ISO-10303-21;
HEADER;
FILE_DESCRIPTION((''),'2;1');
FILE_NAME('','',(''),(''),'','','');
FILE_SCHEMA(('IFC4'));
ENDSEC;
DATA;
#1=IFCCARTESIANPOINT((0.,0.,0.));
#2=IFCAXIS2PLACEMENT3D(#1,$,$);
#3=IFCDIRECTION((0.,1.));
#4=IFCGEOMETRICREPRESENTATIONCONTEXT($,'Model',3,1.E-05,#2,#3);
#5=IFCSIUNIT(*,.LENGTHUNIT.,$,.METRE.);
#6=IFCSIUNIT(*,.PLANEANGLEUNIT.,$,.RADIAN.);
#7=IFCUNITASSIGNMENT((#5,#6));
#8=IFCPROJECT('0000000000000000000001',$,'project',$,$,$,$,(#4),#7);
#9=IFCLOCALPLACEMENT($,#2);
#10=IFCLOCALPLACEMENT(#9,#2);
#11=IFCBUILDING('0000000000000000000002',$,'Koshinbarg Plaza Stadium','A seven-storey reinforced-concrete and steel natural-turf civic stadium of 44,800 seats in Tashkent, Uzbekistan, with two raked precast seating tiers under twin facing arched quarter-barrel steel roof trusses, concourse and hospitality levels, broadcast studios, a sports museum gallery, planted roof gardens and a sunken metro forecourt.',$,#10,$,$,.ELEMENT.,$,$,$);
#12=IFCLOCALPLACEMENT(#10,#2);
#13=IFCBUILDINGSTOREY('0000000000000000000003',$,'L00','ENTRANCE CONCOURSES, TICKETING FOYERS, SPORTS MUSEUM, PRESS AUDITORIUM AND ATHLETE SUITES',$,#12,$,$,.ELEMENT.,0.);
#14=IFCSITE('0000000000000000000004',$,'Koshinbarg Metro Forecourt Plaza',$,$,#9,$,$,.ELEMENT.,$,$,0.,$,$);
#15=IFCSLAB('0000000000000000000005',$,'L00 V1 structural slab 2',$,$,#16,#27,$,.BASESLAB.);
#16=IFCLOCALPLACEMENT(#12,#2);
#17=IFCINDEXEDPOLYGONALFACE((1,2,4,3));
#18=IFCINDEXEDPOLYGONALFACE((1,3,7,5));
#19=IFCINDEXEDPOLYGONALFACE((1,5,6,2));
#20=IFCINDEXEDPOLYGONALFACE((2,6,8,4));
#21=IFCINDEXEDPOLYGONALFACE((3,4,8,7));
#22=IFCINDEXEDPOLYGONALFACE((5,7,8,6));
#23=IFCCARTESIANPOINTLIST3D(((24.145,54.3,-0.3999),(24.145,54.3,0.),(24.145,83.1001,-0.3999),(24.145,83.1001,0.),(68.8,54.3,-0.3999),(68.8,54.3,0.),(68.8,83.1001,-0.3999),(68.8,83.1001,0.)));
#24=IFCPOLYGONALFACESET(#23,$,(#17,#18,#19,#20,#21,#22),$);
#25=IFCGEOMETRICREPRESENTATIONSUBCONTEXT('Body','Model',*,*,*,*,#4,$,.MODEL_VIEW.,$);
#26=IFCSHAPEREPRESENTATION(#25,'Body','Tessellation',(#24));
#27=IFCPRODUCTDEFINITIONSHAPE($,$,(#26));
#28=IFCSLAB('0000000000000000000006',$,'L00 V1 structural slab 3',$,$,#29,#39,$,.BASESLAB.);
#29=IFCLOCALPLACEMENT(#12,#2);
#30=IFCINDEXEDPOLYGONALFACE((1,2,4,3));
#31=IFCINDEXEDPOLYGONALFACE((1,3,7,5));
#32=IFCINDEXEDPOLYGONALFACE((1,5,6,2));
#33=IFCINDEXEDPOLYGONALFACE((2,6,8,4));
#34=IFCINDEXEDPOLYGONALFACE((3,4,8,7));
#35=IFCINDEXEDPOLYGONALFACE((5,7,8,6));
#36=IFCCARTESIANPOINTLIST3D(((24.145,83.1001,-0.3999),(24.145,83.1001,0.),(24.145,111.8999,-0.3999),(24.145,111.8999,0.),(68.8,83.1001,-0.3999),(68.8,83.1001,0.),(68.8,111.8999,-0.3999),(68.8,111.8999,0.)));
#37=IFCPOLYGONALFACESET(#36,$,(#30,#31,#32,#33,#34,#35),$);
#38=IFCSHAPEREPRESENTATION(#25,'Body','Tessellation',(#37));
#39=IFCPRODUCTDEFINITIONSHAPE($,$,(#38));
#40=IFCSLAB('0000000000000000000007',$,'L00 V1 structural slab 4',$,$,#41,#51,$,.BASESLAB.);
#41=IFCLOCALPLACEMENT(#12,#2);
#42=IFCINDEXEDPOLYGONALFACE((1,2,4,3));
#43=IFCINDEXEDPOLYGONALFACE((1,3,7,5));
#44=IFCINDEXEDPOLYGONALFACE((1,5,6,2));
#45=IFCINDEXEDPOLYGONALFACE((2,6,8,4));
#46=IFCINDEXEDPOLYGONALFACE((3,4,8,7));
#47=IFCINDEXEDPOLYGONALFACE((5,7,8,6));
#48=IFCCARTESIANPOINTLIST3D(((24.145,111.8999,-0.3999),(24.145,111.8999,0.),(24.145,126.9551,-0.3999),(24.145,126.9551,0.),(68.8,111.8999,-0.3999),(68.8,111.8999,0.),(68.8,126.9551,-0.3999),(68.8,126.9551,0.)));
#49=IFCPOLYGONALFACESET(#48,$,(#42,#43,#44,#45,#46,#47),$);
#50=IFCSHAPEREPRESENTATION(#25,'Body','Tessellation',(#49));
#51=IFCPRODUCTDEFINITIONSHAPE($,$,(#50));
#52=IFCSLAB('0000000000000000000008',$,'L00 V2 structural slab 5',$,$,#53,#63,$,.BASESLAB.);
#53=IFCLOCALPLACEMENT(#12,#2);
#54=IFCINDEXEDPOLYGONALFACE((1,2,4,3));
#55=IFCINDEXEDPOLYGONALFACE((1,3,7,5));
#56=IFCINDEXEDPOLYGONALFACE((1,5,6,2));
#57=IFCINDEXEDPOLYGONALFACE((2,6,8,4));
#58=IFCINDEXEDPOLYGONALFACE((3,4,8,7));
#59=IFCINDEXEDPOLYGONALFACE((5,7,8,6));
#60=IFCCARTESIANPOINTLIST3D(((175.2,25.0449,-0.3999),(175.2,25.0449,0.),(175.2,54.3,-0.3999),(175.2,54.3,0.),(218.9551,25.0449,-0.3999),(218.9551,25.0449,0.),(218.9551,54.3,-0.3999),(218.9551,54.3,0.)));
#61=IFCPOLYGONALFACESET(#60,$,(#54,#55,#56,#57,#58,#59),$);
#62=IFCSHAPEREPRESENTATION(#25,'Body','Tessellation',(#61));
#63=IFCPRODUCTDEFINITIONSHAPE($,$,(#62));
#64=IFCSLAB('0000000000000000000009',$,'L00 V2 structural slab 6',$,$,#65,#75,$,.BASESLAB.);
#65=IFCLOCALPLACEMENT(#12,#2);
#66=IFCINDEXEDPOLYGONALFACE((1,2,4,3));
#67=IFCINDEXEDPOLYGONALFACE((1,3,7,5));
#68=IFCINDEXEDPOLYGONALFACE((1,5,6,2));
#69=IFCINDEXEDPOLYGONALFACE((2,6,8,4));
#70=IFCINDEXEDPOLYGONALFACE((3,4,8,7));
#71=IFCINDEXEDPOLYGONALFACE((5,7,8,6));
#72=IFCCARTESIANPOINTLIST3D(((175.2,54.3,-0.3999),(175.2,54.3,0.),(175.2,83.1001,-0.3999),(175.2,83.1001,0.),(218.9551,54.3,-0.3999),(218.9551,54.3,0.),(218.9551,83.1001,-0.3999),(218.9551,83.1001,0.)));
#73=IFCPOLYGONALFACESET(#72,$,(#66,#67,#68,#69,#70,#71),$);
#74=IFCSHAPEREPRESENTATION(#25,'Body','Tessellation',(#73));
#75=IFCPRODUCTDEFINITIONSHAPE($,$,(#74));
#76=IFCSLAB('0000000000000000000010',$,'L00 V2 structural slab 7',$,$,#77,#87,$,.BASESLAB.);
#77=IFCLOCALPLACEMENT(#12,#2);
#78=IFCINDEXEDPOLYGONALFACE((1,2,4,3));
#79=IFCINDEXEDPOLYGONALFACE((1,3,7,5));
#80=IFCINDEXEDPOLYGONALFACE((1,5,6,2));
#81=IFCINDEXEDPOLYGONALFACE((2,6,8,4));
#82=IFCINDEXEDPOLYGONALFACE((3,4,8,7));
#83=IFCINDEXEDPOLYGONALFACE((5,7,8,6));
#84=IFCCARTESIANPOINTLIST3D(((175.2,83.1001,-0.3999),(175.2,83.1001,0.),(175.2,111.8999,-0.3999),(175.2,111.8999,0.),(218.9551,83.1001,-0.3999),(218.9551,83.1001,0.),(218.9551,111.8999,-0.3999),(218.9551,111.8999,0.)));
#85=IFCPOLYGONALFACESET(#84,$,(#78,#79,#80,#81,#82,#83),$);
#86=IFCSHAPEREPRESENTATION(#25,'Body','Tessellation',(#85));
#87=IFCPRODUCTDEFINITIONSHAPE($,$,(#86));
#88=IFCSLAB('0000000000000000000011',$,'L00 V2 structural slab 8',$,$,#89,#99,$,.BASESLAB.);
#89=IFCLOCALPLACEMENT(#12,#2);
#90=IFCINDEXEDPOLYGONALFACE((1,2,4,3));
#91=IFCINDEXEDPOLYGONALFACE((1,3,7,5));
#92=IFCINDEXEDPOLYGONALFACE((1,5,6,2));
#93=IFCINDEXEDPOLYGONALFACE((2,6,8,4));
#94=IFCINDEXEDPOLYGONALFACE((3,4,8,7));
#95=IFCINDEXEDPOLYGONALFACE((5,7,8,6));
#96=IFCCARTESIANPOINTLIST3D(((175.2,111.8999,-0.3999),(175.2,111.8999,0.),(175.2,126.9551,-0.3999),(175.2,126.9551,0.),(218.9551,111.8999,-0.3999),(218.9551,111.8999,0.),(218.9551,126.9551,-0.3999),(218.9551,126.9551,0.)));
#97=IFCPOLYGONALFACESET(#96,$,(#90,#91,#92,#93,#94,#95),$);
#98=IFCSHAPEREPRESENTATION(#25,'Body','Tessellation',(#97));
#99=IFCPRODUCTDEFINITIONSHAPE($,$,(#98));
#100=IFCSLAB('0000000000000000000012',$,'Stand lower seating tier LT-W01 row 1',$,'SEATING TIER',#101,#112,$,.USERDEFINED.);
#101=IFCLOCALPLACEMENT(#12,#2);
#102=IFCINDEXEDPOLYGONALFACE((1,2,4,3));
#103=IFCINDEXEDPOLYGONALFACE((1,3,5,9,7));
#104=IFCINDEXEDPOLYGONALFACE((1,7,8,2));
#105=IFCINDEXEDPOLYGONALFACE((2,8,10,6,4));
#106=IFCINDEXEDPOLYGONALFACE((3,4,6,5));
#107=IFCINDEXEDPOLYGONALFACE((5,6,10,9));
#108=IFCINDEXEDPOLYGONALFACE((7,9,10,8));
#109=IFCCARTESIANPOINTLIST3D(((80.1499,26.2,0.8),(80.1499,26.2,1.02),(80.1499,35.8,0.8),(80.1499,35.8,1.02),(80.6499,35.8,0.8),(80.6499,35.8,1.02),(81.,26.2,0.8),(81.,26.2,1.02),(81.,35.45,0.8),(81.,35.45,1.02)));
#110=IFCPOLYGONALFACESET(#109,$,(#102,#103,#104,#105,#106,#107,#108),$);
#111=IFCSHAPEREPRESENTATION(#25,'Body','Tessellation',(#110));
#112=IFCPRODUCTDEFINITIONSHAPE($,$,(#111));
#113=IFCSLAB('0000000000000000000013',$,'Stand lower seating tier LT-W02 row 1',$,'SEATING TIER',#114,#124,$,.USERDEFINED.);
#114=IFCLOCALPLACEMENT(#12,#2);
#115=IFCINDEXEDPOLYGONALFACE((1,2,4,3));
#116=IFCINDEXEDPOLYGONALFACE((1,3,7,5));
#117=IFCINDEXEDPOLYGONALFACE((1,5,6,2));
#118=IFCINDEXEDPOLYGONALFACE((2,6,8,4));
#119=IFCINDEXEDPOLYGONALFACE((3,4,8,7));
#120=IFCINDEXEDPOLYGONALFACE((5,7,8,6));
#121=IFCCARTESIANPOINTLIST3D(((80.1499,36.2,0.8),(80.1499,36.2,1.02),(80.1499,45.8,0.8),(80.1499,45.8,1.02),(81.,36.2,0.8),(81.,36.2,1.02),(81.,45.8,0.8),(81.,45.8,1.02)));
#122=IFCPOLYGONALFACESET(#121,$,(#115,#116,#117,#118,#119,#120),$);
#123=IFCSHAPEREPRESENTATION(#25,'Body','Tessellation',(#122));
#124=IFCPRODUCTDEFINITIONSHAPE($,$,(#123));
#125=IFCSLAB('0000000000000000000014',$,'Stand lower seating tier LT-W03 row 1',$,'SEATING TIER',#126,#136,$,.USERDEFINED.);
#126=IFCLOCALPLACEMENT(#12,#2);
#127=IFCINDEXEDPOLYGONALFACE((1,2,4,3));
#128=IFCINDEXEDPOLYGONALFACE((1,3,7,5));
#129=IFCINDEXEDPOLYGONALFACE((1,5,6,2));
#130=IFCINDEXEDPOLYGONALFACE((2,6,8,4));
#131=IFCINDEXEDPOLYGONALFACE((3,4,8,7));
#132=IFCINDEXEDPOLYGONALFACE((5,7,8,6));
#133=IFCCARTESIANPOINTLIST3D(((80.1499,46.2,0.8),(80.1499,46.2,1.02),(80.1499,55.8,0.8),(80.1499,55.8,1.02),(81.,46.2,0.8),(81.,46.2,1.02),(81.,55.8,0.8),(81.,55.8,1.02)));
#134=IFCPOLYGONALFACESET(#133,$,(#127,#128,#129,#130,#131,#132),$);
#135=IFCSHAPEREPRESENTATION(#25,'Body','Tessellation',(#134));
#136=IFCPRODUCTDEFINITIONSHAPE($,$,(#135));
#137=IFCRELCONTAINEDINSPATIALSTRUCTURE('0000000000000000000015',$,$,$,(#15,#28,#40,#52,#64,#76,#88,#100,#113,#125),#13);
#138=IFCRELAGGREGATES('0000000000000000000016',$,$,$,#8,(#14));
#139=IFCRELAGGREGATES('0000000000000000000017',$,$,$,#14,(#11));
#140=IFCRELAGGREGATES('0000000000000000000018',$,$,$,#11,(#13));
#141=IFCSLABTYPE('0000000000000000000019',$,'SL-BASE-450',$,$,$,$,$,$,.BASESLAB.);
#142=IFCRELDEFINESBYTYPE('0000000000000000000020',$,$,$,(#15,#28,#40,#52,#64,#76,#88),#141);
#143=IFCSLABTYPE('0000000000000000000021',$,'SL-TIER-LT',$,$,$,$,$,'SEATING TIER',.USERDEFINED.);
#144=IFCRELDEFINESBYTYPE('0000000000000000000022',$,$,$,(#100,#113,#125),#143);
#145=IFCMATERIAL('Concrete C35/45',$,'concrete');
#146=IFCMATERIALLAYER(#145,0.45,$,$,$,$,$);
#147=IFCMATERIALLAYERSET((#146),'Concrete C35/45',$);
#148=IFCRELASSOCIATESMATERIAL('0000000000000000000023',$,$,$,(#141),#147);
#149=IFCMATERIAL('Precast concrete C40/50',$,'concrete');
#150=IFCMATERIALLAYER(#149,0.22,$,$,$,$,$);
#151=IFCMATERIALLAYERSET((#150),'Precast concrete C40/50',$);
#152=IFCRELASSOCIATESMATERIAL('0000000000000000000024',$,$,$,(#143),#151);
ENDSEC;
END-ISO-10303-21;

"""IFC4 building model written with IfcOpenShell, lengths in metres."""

from ifc_helpers import new_model, si_unit, direction, frame, origin, place, context, subcontext, project, spatial, polyline, outline, extrude, material, layer, layer_set, type_object, element, save


model = new_model("IFC4")

# Units and contexts
model_context = context("Model", 3, precision=1e-05, world=origin(), true_north=direction((0.0, 1.0)))
body_context = subcontext(model_context, "Body", "Model", "MODEL_VIEW")
ifc_project = project(units=[si_unit("LENGTHUNIT", "METRE"), si_unit("PLANEANGLEUNIT", "RADIAN")], contexts=[model_context])

# Site, building, storey
site_placement = place(None, origin())
site = spatial("IfcSite", under=ifc_project, at=site_placement, Name="Koshinbarg Metro Forecourt Plaza", CompositionType="ELEMENT", RefElevation=0.0)
building_placement = place(site_placement, origin())
building = spatial("IfcBuilding", under=site, at=building_placement, Name="Koshinbarg Plaza Stadium", Description="A seven-storey reinforced-concrete and steel natural-turf civic stadium of 44,800 seats in Tashkent, Uzbekistan, with two raked precast seating tiers under twin facing arched quarter-barrel steel roof trusses, concourse and hospitality levels, broadcast studios, a sports museum gallery, planted roof gardens and a sunken metro forecourt.", CompositionType="ELEMENT")
storey_placement = place(building_placement, origin())
storey = spatial("IfcBuildingStorey", under=building, at=storey_placement, Name="L00", Description="ENTRANCE CONCOURSES, TICKETING FOYERS, SPORTS MUSEUM, PRESS AUDITORIUM AND ATHLETE SUITES", CompositionType="ELEMENT", Elevation=0.0)

# Slabs
ifc_material_1 = material(Name="Concrete C35/45", Category="concrete")
ifc_layer_1 = layer(ifc_material_1, 0.45)
ifc_layer_set_1 = layer_set([ifc_layer_1], Name="Concrete C35/45")
slab_type_1 = type_object("IfcSlabType", Name="SL-BASE-450", PredefinedType="BASESLAB", material=ifc_layer_set_1)
slab_1_placement = place(storey_placement, frame((0.0, 0.0, -0.3999)))
element("IfcSlab", 1, at=slab_1_placement, inside=storey, type_object=slab_type_1, Name="L00 V1 structural slab 2", PredefinedType="BASESLAB", context=body_context, shape_type="SweptSolid", body=[
    extrude(outline(polyline([(24.145, 54.3), (68.8, 54.3), (68.8, 83.1001), (24.145, 83.1001), (24.145, 54.3)])), origin(), (0.0, 0.0, 1.0), 0.3999),
])
slab_2_placement = place(storey_placement, frame((0.0, 0.0, -0.3999)))
element("IfcSlab", 2, at=slab_2_placement, inside=storey, type_object=slab_type_1, Name="L00 V1 structural slab 3", PredefinedType="BASESLAB", context=body_context, shape_type="SweptSolid", body=[
    extrude(outline(polyline([(24.145, 83.1001), (68.8, 83.1001), (68.8, 111.8999), (24.145, 111.8999), (24.145, 83.1001)])), origin(), (0.0, 0.0, 1.0), 0.3999),
])
slab_3_placement = place(storey_placement, frame((0.0, 0.0, -0.3999)))
element("IfcSlab", 3, at=slab_3_placement, inside=storey, type_object=slab_type_1, Name="L00 V1 structural slab 4", PredefinedType="BASESLAB", context=body_context, shape_type="SweptSolid", body=[
    extrude(outline(polyline([(24.145, 111.8999), (68.8, 111.8999), (68.8, 126.9551), (24.145, 126.9551), (24.145, 111.8999)])), origin(), (0.0, 0.0, 1.0), 0.3999),
])
slab_4_placement = place(storey_placement, frame((0.0, 0.0, -0.3999)))
element("IfcSlab", 4, at=slab_4_placement, inside=storey, type_object=slab_type_1, Name="L00 V2 structural slab 5", PredefinedType="BASESLAB", context=body_context, shape_type="SweptSolid", body=[
    extrude(outline(polyline([(175.2, 25.0449), (218.9551, 25.0449), (218.9551, 54.3), (175.2, 54.3), (175.2, 25.0449)])), origin(), (0.0, 0.0, 1.0), 0.3999),
])
slab_5_placement = place(storey_placement, frame((0.0, 0.0, -0.3999)))
element("IfcSlab", 5, at=slab_5_placement, inside=storey, type_object=slab_type_1, Name="L00 V2 structural slab 6", PredefinedType="BASESLAB", context=body_context, shape_type="SweptSolid", body=[
    extrude(outline(polyline([(175.2, 54.3), (218.9551, 54.3), (218.9551, 83.1001), (175.2, 83.1001), (175.2, 54.3)])), origin(), (0.0, 0.0, 1.0), 0.3999),
])
slab_6_placement = place(storey_placement, frame((0.0, 0.0, -0.3999)))
element("IfcSlab", 6, at=slab_6_placement, inside=storey, type_object=slab_type_1, Name="L00 V2 structural slab 7", PredefinedType="BASESLAB", context=body_context, shape_type="SweptSolid", body=[
    extrude(outline(polyline([(175.2, 83.1001), (218.9551, 83.1001), (218.9551, 111.8999), (175.2, 111.8999), (175.2, 83.1001)])), origin(), (0.0, 0.0, 1.0), 0.3999),
])
slab_7_placement = place(storey_placement, frame((0.0, 0.0, -0.3999)))
element("IfcSlab", 7, at=slab_7_placement, inside=storey, type_object=slab_type_1, Name="L00 V2 structural slab 8", PredefinedType="BASESLAB", context=body_context, shape_type="SweptSolid", body=[
    extrude(outline(polyline([(175.2, 111.8999), (218.9551, 111.8999), (218.9551, 126.9551), (175.2, 126.9551), (175.2, 111.8999)])), origin(), (0.0, 0.0, 1.0), 0.3999),
])
ifc_material_2 = material(Name="Precast concrete C40/50", Category="concrete")
ifc_layer_2 = layer(ifc_material_2, 0.22)
ifc_layer_set_2 = layer_set([ifc_layer_2], Name="Precast concrete C40/50")
slab_type_2 = type_object("IfcSlabType", Name="SL-TIER-LT", ElementType="SEATING TIER", PredefinedType="USERDEFINED", material=ifc_layer_set_2)
slab_8_placement = place(storey_placement, frame((0.0, 0.0, 0.8)))
element("IfcSlab", 8, at=slab_8_placement, inside=storey, type_object=slab_type_2, Name="Stand lower seating tier LT-W01 row 1", ObjectType="SEATING TIER", PredefinedType="USERDEFINED", context=body_context, shape_type="SweptSolid", body=[
    extrude(outline(polyline([(80.1499, 26.2), (81.0, 26.2), (81.0, 35.45), (80.6499, 35.8), (80.1499, 35.8), (80.1499, 26.2)])), origin(), (0.0, 0.0, 1.0), 0.22),
])
slab_9_placement = place(storey_placement, frame((0.0, 0.0, 0.8)))
element("IfcSlab", 9, at=slab_9_placement, inside=storey, type_object=slab_type_2, Name="Stand lower seating tier LT-W02 row 1", ObjectType="SEATING TIER", PredefinedType="USERDEFINED", context=body_context, shape_type="SweptSolid", body=[
    extrude(outline(polyline([(80.1499, 36.2), (81.0, 36.2), (81.0, 45.8), (80.1499, 45.8), (80.1499, 36.2)])), origin(), (0.0, 0.0, 1.0), 0.22),
])
slab_10_placement = place(storey_placement, frame((0.0, 0.0, 0.8)))
element("IfcSlab", 10, at=slab_10_placement, inside=storey, type_object=slab_type_2, Name="Stand lower seating tier LT-W03 row 1", ObjectType="SEATING TIER", PredefinedType="USERDEFINED", context=body_context, shape_type="SweptSolid", body=[
    extrude(outline(polyline([(80.1499, 46.2), (81.0, 46.2), (81.0, 55.8), (80.1499, 55.8), (80.1499, 46.2)])), origin(), (0.0, 0.0, 1.0), 0.22),
])

save(model, "model.ifc")
